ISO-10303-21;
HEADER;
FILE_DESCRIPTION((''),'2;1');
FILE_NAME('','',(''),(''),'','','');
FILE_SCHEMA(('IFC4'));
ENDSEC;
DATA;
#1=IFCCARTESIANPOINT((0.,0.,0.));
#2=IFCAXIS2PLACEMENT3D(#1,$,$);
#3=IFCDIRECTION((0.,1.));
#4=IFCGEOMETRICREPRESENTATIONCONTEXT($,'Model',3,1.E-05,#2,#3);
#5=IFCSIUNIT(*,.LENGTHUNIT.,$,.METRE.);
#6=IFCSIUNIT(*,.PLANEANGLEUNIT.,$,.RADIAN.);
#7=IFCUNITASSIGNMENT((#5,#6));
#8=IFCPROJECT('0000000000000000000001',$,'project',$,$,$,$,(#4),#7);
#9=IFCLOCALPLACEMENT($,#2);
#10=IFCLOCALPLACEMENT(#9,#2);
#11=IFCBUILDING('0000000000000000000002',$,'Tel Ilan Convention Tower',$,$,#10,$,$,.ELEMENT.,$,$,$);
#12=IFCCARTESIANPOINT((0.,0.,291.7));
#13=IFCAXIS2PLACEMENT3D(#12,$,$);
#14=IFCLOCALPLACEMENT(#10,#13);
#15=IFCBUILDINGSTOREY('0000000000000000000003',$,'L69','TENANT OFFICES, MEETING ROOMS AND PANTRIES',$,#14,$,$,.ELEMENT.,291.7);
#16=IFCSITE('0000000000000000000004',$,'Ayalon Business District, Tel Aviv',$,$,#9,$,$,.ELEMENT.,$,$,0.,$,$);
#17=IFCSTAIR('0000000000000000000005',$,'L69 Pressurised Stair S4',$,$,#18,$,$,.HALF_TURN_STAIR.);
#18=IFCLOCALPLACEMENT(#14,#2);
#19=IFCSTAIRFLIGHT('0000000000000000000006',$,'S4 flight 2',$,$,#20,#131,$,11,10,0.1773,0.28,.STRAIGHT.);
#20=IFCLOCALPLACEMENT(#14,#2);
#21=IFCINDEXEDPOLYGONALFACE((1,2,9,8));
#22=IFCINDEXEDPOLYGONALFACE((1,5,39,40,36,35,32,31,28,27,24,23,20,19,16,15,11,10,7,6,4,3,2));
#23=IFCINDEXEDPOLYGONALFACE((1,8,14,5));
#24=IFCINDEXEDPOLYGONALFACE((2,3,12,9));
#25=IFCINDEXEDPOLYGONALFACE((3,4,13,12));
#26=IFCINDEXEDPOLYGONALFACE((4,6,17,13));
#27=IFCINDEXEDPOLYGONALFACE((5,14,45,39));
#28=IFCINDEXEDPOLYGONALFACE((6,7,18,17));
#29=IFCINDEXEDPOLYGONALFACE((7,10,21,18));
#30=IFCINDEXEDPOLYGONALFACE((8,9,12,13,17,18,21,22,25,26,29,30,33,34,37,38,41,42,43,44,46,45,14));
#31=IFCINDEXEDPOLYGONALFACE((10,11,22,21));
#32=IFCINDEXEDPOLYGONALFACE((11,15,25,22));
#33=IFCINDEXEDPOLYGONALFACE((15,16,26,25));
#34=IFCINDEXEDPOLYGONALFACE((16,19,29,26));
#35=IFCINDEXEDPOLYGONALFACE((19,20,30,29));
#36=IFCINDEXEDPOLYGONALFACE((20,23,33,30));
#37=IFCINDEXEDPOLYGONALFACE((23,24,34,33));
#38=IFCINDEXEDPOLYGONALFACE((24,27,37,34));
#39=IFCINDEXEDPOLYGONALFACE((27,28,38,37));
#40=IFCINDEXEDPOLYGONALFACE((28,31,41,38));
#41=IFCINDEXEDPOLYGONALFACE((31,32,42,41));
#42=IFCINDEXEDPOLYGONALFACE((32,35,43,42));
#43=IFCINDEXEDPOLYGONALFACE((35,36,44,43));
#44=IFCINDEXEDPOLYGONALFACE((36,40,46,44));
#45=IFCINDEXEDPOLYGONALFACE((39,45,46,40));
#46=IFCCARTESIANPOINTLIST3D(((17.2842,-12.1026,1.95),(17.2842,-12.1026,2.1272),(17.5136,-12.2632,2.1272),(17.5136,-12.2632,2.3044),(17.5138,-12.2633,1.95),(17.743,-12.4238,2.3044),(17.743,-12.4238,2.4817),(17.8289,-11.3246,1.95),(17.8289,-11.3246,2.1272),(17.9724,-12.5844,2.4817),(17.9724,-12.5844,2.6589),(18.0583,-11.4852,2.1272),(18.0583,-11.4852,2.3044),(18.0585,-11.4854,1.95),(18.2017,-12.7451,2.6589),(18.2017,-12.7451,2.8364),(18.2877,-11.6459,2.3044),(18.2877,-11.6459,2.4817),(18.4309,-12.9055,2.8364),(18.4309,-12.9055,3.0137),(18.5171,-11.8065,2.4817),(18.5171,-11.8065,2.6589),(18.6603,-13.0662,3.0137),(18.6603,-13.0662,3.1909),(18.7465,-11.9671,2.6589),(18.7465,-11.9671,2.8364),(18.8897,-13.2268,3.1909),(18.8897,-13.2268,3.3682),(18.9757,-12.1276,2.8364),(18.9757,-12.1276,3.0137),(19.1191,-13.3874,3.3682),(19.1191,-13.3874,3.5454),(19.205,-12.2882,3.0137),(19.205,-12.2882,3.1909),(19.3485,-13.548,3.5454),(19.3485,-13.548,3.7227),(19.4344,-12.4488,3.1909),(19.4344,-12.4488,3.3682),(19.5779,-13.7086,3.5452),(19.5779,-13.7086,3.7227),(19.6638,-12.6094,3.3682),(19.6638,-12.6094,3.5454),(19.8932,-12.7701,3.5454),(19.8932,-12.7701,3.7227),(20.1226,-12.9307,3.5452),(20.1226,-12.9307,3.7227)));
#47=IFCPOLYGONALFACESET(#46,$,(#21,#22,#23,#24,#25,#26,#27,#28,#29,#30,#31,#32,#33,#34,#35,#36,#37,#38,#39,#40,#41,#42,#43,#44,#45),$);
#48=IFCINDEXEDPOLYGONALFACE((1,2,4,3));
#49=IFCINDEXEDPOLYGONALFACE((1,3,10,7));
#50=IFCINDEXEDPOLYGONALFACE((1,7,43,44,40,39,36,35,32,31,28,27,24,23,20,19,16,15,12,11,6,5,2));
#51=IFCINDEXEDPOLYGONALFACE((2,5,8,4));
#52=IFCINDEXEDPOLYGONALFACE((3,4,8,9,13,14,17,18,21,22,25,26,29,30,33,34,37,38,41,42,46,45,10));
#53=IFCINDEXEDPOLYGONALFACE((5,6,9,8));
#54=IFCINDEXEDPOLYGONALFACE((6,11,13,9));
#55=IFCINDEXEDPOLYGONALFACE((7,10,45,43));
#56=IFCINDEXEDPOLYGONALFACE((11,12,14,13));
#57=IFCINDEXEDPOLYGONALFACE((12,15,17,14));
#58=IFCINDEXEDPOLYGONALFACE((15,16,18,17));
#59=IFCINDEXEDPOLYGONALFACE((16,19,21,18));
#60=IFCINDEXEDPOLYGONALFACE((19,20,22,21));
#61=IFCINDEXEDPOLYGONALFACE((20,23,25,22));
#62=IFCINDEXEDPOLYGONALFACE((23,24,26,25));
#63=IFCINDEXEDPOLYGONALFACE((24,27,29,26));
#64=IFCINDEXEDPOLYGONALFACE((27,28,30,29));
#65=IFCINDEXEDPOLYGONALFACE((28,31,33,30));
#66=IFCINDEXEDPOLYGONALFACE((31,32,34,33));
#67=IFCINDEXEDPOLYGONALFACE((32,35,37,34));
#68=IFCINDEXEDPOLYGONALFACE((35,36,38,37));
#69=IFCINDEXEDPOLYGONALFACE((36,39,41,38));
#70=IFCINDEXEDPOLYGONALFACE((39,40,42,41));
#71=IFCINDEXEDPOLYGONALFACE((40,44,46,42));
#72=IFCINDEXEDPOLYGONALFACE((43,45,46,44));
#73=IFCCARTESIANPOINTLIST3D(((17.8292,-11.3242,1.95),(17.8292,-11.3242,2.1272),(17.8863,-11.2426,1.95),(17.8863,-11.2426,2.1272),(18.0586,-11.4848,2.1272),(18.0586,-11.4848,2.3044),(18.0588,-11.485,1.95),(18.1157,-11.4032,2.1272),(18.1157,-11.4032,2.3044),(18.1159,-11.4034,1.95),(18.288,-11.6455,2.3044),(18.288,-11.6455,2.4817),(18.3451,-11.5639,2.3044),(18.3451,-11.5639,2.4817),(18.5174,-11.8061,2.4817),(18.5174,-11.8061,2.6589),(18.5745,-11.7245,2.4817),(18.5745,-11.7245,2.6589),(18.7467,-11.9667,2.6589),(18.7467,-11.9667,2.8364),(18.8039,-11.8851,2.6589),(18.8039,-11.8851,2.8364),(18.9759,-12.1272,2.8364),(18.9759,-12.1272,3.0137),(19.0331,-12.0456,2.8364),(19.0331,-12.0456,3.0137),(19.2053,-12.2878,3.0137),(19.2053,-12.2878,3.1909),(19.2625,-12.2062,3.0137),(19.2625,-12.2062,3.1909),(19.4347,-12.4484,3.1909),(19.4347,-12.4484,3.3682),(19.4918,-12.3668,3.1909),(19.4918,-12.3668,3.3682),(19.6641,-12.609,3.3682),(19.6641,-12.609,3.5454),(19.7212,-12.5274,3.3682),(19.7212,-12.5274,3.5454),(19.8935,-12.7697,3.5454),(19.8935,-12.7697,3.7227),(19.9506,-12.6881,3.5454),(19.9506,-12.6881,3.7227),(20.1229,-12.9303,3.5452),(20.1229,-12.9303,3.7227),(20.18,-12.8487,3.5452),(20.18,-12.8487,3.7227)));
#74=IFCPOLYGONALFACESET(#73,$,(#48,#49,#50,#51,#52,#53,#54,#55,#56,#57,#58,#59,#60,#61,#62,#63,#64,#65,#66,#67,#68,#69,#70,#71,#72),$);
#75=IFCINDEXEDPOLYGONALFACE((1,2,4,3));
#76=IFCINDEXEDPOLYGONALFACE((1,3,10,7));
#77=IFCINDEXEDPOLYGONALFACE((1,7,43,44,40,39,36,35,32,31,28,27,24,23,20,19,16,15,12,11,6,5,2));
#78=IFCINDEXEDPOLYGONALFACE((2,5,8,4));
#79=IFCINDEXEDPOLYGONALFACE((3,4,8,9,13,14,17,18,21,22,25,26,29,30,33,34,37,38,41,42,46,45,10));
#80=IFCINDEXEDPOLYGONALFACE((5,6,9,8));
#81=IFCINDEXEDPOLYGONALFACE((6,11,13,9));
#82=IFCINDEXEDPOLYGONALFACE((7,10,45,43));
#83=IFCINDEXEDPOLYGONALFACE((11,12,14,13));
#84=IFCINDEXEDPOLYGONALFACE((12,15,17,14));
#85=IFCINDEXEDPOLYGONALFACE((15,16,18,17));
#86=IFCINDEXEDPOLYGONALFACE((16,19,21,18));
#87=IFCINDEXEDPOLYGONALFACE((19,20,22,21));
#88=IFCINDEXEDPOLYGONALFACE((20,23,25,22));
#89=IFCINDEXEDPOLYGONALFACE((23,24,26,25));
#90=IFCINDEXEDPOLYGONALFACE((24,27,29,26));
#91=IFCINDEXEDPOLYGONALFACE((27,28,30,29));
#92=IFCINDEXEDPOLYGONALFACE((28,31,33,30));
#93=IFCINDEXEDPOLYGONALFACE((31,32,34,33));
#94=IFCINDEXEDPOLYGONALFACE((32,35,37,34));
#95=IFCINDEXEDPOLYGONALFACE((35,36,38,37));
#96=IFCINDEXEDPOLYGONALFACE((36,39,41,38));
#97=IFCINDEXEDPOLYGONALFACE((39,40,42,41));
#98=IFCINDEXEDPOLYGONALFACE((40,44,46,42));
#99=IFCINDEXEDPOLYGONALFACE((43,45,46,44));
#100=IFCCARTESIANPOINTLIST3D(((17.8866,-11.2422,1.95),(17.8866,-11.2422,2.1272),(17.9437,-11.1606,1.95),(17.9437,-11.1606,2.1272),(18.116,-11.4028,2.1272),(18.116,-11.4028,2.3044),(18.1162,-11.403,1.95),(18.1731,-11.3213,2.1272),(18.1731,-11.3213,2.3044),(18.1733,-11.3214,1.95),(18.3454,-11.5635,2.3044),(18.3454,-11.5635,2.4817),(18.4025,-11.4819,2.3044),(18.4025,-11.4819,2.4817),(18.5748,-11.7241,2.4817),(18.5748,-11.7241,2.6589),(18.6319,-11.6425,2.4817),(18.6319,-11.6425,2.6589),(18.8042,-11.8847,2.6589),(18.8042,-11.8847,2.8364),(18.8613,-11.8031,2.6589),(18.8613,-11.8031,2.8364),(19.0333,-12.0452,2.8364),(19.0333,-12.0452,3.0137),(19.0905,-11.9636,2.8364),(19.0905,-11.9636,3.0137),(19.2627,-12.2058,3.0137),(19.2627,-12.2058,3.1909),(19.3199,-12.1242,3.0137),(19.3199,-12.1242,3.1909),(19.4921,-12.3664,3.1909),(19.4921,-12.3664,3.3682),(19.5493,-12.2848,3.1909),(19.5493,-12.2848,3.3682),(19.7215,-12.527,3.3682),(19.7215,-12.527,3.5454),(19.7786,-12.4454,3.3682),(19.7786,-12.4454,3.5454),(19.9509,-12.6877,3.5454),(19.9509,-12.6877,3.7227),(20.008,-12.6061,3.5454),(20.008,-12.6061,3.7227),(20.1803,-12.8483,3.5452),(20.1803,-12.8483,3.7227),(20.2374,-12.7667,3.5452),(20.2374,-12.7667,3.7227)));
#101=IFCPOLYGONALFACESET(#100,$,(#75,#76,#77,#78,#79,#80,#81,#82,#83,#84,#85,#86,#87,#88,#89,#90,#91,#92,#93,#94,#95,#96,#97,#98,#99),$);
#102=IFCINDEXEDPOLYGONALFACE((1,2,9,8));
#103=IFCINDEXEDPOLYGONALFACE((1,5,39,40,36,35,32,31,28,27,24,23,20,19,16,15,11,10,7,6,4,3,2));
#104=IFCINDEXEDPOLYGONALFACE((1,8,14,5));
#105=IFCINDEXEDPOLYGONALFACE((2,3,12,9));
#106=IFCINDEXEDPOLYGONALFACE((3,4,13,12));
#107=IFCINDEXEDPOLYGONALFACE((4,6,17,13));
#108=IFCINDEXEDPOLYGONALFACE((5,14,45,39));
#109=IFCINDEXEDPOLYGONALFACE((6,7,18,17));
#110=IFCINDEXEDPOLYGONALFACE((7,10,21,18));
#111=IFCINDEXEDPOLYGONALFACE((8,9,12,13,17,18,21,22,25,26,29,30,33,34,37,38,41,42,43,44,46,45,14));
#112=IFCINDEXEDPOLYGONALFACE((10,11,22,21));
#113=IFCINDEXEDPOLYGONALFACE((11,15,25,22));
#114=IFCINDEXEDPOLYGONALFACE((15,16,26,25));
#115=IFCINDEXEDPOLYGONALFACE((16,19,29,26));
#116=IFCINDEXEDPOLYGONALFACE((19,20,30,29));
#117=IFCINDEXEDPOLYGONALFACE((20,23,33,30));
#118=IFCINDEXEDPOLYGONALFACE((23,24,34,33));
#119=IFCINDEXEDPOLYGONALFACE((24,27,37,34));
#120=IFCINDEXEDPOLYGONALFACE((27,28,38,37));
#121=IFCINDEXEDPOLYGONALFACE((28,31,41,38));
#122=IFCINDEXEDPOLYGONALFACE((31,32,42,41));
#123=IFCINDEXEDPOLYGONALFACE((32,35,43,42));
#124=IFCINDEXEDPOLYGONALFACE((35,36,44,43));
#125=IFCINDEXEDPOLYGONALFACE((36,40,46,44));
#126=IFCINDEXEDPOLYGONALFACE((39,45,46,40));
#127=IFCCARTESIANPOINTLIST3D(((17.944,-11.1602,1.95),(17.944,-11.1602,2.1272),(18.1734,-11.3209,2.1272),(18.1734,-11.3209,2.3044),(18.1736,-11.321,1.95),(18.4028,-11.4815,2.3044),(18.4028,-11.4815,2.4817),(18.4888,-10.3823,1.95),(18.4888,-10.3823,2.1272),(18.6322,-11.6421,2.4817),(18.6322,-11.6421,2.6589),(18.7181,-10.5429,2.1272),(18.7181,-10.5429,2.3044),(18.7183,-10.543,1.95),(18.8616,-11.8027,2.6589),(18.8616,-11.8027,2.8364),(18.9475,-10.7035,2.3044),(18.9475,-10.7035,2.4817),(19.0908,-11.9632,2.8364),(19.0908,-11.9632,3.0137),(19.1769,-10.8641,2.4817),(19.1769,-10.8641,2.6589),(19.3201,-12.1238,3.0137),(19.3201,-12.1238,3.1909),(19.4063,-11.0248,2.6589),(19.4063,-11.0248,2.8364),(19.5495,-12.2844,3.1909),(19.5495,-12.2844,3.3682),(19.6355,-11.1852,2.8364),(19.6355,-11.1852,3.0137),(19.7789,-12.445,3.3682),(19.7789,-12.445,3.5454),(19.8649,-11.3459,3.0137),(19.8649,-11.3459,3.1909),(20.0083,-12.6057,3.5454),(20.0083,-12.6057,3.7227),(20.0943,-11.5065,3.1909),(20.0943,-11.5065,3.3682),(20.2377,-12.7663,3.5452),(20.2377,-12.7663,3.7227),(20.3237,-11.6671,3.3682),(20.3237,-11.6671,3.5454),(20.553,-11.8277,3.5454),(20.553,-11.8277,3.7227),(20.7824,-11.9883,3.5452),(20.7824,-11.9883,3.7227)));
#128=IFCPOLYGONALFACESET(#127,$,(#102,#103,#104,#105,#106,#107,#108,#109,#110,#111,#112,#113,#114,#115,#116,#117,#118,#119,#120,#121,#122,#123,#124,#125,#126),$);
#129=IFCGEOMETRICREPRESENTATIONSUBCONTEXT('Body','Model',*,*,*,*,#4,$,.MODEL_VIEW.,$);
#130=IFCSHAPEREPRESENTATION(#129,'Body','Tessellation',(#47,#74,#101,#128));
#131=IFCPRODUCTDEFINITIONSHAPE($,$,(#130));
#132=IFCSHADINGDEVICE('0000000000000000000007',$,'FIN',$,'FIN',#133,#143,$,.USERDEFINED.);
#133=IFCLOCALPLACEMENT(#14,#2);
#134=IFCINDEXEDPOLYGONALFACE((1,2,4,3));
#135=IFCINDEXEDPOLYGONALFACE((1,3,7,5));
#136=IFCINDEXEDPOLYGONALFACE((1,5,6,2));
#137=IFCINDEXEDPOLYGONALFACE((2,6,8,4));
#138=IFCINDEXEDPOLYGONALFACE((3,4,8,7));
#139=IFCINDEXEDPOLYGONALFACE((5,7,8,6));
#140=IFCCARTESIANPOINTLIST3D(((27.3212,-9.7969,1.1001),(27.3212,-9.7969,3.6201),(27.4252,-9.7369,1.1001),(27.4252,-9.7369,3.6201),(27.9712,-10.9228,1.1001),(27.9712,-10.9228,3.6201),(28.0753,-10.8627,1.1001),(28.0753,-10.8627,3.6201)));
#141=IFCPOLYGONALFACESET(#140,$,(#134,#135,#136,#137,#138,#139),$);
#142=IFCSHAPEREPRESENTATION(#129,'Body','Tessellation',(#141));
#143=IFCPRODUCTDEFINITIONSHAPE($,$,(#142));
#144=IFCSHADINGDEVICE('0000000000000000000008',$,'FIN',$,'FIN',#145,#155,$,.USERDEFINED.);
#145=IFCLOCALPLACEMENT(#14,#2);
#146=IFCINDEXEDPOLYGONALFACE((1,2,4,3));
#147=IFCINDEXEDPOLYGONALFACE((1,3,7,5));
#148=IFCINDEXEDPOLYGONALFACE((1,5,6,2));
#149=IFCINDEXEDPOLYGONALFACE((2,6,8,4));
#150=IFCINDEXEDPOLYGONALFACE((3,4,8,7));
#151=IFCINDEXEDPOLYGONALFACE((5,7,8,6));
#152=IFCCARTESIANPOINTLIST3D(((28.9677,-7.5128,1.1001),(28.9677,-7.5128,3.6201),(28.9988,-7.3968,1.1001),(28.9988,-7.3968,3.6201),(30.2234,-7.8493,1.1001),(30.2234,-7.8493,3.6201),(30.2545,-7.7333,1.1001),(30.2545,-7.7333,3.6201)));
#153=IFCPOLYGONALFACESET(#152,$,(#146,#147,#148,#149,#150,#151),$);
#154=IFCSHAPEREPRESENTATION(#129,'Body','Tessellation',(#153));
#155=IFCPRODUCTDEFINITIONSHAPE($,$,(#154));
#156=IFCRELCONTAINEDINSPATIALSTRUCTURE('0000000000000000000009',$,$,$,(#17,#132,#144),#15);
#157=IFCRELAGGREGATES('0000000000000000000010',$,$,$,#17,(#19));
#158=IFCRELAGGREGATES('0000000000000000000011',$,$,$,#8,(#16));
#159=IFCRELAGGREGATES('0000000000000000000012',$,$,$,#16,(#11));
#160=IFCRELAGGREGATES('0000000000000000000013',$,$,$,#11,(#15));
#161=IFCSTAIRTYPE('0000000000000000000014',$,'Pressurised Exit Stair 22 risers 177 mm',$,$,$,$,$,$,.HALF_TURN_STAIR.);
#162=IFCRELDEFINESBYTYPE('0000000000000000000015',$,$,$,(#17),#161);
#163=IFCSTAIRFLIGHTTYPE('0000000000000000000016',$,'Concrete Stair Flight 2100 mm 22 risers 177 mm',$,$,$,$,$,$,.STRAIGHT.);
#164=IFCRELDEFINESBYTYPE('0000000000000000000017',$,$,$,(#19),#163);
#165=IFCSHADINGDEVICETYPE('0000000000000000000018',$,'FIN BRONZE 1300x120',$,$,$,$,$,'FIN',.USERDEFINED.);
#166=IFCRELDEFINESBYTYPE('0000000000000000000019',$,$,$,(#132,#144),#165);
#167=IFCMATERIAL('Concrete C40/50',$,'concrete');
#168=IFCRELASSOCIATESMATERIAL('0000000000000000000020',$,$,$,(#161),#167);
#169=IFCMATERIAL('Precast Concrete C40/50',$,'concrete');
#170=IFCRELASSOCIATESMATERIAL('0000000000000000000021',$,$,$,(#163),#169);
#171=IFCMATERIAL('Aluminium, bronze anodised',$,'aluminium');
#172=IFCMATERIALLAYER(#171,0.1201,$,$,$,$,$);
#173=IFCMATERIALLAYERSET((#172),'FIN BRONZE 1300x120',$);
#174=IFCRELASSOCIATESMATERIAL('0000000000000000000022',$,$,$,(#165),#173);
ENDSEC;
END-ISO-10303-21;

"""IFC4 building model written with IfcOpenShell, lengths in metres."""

from ifc_helpers import new_model, si_unit, direction, frame, origin, origin_2d, place, context, subcontext, project, spatial, polyline, rectangle, outline, extrude, material, layer, layer_set, type_object, element, aggregate, save


model = new_model("IFC4")

# Units and contexts
model_context = context("Model", 3, precision=1e-05, world=origin(), true_north=direction((0.0, 1.0)))
body_context = subcontext(model_context, "Body", "Model", "MODEL_VIEW")
ifc_project = project(units=[si_unit("LENGTHUNIT", "METRE"), si_unit("PLANEANGLEUNIT", "RADIAN")], contexts=[model_context])

# Site, building, storey
site_placement = place(None, origin())
site = spatial("IfcSite", under=ifc_project, at=site_placement, Name="Ayalon Business District, Tel Aviv", CompositionType="ELEMENT", RefElevation=0.0)
building_placement = place(site_placement, origin())
building = spatial("IfcBuilding", under=site, at=building_placement, Name="Tel Ilan Convention Tower", CompositionType="ELEMENT")
storey_placement = place(building_placement, frame((0.0, 0.0, 291.7)))
storey = spatial("IfcBuildingStorey", under=building, at=storey_placement, Name="L69", Description="TENANT OFFICES, MEETING ROOMS AND PANTRIES", CompositionType="ELEMENT", Elevation=291.7)

# Stair, stair flight
ifc_material_1 = material(Name="Concrete C40/50", Category="concrete")
stair_type = type_object("IfcStairType", Name="Pressurised Exit Stair 22 risers 177 mm", PredefinedType="HALF_TURN_STAIR", material=ifc_material_1)
stair_placement = place(storey_placement, origin())
stair = element("IfcStair", 1, at=stair_placement, inside=storey, type_object=stair_type, Name="L69 Pressurised Stair S4", PredefinedType="HALF_TURN_STAIR")
ifc_material_2 = material(Name="Precast Concrete C40/50", Category="concrete")
stair_flight_type = type_object("IfcStairFlightType", Name="Concrete Stair Flight 2100 mm 22 risers 177 mm", PredefinedType="STRAIGHT", material=ifc_material_2)
stair_flight_1_placement = place(storey_placement, frame((17.8865, -11.2424, 1.95), z_axis=(0.0, 0.0, 1.0), x_axis=(0.819152, -0.573576, 0.0)))
stair_flight_1 = element("IfcStairFlight", 2, at=stair_flight_1_placement, type_object=stair_flight_type, Name="S4 flight 2", NumberOfRisers=11, NumberOfTreads=10, PredefinedType="STRAIGHT", RiserHeight=0.1773, TreadLength=0.28, context=body_context, shape_type="SweptSolid", body=[
    extrude(outline(polyline([(0.0, 0.0), (0.0, 0.1772), (0.28, 0.1772), (0.28, 0.3545), (0.5601, 0.3545), (0.5601, 0.5317), (0.8401, 0.5317), (0.8401, 0.709), (1.1201, 0.709), (1.1201, 0.8865), (1.3999, 0.8865), (1.3999, 1.0637), (1.6799, 1.0637), (1.6799, 1.241), (1.96, 1.241), (1.96, 1.4182), (2.24, 1.4182), (2.24, 1.5955), (2.52, 1.5955), (2.52, 1.7727), (2.8, 1.7727), (2.8, 1.95), (2.8, 1.5952), (0.2803, 0.0), (0.0, 0.0)])), frame((0.0, -0.1003, 0.0), z_axis=(0.0, -1.0, 0.0), x_axis=(1.0, 0.0, 0.0)), (0.0, 0.0, 1.0), 0.9497),
    extrude(outline(polyline([(0.0, 0.0), (0.0, 0.1772), (0.28, 0.1772), (0.28, 0.3545), (0.5601, 0.3545), (0.5601, 0.5317), (0.8401, 0.5317), (0.8401, 0.709), (1.1201, 0.709), (1.1201, 0.8865), (1.3999, 0.8865), (1.3999, 1.0637), (1.6799, 1.0637), (1.6799, 1.241), (1.96, 1.241), (1.96, 1.4182), (2.24, 1.4182), (2.24, 1.5955), (2.52, 1.5955), (2.52, 1.7727), (2.8, 1.7727), (2.8, 1.95), (2.8, 1.5952), (0.2803, 0.0), (0.0, 0.0)])), frame((0.0, -0.0002, 0.0), z_axis=(0.0, -1.0, 0.0), x_axis=(1.0, 0.0, 0.0)), (0.0, 0.0, 1.0), 0.0996),
    extrude(outline(polyline([(0.0, 0.0), (0.0, 0.1772), (0.28, 0.1772), (0.28, 0.3545), (0.5601, 0.3545), (0.5601, 0.5317), (0.8401, 0.5317), (0.8401, 0.709), (1.1201, 0.709), (1.1201, 0.8865), (1.3999, 0.8865), (1.3999, 1.0637), (1.6799, 1.0637), (1.6799, 1.241), (1.96, 1.241), (1.96, 1.4182), (2.24, 1.4182), (2.24, 1.5955), (2.52, 1.5955), (2.52, 1.7727), (2.8, 1.7727), (2.8, 1.95), (2.8, 1.5952), (0.2803, 0.0), (0.0, 0.0)])), frame((0.0, 0.0999, 0.0), z_axis=(0.0, -1.0, 0.0), x_axis=(1.0, 0.0, 0.0)), (0.0, 0.0, 1.0), 0.0996),
    extrude(outline(polyline([(0.0, 0.0), (0.0, 0.1772), (0.28, 0.1772), (0.28, 0.3545), (0.5601, 0.3545), (0.5601, 0.5317), (0.8401, 0.5317), (0.8401, 0.709), (1.1201, 0.709), (1.1201, 0.8865), (1.3999, 0.8865), (1.3999, 1.0637), (1.6799, 1.0637), (1.6799, 1.241), (1.96, 1.241), (1.96, 1.4182), (2.24, 1.4182), (2.24, 1.5955), (2.52, 1.5955), (2.52, 1.7727), (2.8, 1.7727), (2.8, 1.95), (2.8, 1.5952), (0.2803, 0.0), (0.0, 0.0)])), frame((0.0, 1.05, 0.0), z_axis=(0.0, -1.0, 0.0), x_axis=(1.0, 0.0, 0.0)), (0.0, 0.0, 1.0), 0.9497),
])
aggregate(stair, [stair_flight_1])

# Shading devices
ifc_material_3 = material(Name="Aluminium, bronze anodised", Category="aluminium")
ifc_layer_1 = layer(ifc_material_3, 0.1201)
ifc_layer_set_1 = layer_set([ifc_layer_1], Name="FIN BRONZE 1300x120")
shading_device_type = type_object("IfcShadingDeviceType", Name="FIN BRONZE 1300x120", ElementType="FIN", PredefinedType="USERDEFINED", material=ifc_layer_set_1)
for number, where, z_axis, x_axis, name in (
    (3, (27.6982, -10.3298, 1.1001), (0.0, 0.0, 1.0), (0.5, -0.866025, 0.0), "FIN"),
    (4, (29.6111, -7.623, 1.1001), (0.0, 0.0, 1.0), (0.965926, -0.258819, 0.0), "FIN"),
):
    element("IfcShadingDevice", number, at=place(storey_placement, frame(where, z_axis=z_axis, x_axis=x_axis)), inside=storey, type_object=shading_device_type, Name=name, ObjectType="FIN", PredefinedType="USERDEFINED", context=body_context, shape_type="SweptSolid", body=[
        extrude(rectangle(XDim=1.3, YDim=0.1201, at=origin_2d()), origin(), (0.0, 0.0, 1.0), 2.52),
    ])

save(model, "model.ifc")
